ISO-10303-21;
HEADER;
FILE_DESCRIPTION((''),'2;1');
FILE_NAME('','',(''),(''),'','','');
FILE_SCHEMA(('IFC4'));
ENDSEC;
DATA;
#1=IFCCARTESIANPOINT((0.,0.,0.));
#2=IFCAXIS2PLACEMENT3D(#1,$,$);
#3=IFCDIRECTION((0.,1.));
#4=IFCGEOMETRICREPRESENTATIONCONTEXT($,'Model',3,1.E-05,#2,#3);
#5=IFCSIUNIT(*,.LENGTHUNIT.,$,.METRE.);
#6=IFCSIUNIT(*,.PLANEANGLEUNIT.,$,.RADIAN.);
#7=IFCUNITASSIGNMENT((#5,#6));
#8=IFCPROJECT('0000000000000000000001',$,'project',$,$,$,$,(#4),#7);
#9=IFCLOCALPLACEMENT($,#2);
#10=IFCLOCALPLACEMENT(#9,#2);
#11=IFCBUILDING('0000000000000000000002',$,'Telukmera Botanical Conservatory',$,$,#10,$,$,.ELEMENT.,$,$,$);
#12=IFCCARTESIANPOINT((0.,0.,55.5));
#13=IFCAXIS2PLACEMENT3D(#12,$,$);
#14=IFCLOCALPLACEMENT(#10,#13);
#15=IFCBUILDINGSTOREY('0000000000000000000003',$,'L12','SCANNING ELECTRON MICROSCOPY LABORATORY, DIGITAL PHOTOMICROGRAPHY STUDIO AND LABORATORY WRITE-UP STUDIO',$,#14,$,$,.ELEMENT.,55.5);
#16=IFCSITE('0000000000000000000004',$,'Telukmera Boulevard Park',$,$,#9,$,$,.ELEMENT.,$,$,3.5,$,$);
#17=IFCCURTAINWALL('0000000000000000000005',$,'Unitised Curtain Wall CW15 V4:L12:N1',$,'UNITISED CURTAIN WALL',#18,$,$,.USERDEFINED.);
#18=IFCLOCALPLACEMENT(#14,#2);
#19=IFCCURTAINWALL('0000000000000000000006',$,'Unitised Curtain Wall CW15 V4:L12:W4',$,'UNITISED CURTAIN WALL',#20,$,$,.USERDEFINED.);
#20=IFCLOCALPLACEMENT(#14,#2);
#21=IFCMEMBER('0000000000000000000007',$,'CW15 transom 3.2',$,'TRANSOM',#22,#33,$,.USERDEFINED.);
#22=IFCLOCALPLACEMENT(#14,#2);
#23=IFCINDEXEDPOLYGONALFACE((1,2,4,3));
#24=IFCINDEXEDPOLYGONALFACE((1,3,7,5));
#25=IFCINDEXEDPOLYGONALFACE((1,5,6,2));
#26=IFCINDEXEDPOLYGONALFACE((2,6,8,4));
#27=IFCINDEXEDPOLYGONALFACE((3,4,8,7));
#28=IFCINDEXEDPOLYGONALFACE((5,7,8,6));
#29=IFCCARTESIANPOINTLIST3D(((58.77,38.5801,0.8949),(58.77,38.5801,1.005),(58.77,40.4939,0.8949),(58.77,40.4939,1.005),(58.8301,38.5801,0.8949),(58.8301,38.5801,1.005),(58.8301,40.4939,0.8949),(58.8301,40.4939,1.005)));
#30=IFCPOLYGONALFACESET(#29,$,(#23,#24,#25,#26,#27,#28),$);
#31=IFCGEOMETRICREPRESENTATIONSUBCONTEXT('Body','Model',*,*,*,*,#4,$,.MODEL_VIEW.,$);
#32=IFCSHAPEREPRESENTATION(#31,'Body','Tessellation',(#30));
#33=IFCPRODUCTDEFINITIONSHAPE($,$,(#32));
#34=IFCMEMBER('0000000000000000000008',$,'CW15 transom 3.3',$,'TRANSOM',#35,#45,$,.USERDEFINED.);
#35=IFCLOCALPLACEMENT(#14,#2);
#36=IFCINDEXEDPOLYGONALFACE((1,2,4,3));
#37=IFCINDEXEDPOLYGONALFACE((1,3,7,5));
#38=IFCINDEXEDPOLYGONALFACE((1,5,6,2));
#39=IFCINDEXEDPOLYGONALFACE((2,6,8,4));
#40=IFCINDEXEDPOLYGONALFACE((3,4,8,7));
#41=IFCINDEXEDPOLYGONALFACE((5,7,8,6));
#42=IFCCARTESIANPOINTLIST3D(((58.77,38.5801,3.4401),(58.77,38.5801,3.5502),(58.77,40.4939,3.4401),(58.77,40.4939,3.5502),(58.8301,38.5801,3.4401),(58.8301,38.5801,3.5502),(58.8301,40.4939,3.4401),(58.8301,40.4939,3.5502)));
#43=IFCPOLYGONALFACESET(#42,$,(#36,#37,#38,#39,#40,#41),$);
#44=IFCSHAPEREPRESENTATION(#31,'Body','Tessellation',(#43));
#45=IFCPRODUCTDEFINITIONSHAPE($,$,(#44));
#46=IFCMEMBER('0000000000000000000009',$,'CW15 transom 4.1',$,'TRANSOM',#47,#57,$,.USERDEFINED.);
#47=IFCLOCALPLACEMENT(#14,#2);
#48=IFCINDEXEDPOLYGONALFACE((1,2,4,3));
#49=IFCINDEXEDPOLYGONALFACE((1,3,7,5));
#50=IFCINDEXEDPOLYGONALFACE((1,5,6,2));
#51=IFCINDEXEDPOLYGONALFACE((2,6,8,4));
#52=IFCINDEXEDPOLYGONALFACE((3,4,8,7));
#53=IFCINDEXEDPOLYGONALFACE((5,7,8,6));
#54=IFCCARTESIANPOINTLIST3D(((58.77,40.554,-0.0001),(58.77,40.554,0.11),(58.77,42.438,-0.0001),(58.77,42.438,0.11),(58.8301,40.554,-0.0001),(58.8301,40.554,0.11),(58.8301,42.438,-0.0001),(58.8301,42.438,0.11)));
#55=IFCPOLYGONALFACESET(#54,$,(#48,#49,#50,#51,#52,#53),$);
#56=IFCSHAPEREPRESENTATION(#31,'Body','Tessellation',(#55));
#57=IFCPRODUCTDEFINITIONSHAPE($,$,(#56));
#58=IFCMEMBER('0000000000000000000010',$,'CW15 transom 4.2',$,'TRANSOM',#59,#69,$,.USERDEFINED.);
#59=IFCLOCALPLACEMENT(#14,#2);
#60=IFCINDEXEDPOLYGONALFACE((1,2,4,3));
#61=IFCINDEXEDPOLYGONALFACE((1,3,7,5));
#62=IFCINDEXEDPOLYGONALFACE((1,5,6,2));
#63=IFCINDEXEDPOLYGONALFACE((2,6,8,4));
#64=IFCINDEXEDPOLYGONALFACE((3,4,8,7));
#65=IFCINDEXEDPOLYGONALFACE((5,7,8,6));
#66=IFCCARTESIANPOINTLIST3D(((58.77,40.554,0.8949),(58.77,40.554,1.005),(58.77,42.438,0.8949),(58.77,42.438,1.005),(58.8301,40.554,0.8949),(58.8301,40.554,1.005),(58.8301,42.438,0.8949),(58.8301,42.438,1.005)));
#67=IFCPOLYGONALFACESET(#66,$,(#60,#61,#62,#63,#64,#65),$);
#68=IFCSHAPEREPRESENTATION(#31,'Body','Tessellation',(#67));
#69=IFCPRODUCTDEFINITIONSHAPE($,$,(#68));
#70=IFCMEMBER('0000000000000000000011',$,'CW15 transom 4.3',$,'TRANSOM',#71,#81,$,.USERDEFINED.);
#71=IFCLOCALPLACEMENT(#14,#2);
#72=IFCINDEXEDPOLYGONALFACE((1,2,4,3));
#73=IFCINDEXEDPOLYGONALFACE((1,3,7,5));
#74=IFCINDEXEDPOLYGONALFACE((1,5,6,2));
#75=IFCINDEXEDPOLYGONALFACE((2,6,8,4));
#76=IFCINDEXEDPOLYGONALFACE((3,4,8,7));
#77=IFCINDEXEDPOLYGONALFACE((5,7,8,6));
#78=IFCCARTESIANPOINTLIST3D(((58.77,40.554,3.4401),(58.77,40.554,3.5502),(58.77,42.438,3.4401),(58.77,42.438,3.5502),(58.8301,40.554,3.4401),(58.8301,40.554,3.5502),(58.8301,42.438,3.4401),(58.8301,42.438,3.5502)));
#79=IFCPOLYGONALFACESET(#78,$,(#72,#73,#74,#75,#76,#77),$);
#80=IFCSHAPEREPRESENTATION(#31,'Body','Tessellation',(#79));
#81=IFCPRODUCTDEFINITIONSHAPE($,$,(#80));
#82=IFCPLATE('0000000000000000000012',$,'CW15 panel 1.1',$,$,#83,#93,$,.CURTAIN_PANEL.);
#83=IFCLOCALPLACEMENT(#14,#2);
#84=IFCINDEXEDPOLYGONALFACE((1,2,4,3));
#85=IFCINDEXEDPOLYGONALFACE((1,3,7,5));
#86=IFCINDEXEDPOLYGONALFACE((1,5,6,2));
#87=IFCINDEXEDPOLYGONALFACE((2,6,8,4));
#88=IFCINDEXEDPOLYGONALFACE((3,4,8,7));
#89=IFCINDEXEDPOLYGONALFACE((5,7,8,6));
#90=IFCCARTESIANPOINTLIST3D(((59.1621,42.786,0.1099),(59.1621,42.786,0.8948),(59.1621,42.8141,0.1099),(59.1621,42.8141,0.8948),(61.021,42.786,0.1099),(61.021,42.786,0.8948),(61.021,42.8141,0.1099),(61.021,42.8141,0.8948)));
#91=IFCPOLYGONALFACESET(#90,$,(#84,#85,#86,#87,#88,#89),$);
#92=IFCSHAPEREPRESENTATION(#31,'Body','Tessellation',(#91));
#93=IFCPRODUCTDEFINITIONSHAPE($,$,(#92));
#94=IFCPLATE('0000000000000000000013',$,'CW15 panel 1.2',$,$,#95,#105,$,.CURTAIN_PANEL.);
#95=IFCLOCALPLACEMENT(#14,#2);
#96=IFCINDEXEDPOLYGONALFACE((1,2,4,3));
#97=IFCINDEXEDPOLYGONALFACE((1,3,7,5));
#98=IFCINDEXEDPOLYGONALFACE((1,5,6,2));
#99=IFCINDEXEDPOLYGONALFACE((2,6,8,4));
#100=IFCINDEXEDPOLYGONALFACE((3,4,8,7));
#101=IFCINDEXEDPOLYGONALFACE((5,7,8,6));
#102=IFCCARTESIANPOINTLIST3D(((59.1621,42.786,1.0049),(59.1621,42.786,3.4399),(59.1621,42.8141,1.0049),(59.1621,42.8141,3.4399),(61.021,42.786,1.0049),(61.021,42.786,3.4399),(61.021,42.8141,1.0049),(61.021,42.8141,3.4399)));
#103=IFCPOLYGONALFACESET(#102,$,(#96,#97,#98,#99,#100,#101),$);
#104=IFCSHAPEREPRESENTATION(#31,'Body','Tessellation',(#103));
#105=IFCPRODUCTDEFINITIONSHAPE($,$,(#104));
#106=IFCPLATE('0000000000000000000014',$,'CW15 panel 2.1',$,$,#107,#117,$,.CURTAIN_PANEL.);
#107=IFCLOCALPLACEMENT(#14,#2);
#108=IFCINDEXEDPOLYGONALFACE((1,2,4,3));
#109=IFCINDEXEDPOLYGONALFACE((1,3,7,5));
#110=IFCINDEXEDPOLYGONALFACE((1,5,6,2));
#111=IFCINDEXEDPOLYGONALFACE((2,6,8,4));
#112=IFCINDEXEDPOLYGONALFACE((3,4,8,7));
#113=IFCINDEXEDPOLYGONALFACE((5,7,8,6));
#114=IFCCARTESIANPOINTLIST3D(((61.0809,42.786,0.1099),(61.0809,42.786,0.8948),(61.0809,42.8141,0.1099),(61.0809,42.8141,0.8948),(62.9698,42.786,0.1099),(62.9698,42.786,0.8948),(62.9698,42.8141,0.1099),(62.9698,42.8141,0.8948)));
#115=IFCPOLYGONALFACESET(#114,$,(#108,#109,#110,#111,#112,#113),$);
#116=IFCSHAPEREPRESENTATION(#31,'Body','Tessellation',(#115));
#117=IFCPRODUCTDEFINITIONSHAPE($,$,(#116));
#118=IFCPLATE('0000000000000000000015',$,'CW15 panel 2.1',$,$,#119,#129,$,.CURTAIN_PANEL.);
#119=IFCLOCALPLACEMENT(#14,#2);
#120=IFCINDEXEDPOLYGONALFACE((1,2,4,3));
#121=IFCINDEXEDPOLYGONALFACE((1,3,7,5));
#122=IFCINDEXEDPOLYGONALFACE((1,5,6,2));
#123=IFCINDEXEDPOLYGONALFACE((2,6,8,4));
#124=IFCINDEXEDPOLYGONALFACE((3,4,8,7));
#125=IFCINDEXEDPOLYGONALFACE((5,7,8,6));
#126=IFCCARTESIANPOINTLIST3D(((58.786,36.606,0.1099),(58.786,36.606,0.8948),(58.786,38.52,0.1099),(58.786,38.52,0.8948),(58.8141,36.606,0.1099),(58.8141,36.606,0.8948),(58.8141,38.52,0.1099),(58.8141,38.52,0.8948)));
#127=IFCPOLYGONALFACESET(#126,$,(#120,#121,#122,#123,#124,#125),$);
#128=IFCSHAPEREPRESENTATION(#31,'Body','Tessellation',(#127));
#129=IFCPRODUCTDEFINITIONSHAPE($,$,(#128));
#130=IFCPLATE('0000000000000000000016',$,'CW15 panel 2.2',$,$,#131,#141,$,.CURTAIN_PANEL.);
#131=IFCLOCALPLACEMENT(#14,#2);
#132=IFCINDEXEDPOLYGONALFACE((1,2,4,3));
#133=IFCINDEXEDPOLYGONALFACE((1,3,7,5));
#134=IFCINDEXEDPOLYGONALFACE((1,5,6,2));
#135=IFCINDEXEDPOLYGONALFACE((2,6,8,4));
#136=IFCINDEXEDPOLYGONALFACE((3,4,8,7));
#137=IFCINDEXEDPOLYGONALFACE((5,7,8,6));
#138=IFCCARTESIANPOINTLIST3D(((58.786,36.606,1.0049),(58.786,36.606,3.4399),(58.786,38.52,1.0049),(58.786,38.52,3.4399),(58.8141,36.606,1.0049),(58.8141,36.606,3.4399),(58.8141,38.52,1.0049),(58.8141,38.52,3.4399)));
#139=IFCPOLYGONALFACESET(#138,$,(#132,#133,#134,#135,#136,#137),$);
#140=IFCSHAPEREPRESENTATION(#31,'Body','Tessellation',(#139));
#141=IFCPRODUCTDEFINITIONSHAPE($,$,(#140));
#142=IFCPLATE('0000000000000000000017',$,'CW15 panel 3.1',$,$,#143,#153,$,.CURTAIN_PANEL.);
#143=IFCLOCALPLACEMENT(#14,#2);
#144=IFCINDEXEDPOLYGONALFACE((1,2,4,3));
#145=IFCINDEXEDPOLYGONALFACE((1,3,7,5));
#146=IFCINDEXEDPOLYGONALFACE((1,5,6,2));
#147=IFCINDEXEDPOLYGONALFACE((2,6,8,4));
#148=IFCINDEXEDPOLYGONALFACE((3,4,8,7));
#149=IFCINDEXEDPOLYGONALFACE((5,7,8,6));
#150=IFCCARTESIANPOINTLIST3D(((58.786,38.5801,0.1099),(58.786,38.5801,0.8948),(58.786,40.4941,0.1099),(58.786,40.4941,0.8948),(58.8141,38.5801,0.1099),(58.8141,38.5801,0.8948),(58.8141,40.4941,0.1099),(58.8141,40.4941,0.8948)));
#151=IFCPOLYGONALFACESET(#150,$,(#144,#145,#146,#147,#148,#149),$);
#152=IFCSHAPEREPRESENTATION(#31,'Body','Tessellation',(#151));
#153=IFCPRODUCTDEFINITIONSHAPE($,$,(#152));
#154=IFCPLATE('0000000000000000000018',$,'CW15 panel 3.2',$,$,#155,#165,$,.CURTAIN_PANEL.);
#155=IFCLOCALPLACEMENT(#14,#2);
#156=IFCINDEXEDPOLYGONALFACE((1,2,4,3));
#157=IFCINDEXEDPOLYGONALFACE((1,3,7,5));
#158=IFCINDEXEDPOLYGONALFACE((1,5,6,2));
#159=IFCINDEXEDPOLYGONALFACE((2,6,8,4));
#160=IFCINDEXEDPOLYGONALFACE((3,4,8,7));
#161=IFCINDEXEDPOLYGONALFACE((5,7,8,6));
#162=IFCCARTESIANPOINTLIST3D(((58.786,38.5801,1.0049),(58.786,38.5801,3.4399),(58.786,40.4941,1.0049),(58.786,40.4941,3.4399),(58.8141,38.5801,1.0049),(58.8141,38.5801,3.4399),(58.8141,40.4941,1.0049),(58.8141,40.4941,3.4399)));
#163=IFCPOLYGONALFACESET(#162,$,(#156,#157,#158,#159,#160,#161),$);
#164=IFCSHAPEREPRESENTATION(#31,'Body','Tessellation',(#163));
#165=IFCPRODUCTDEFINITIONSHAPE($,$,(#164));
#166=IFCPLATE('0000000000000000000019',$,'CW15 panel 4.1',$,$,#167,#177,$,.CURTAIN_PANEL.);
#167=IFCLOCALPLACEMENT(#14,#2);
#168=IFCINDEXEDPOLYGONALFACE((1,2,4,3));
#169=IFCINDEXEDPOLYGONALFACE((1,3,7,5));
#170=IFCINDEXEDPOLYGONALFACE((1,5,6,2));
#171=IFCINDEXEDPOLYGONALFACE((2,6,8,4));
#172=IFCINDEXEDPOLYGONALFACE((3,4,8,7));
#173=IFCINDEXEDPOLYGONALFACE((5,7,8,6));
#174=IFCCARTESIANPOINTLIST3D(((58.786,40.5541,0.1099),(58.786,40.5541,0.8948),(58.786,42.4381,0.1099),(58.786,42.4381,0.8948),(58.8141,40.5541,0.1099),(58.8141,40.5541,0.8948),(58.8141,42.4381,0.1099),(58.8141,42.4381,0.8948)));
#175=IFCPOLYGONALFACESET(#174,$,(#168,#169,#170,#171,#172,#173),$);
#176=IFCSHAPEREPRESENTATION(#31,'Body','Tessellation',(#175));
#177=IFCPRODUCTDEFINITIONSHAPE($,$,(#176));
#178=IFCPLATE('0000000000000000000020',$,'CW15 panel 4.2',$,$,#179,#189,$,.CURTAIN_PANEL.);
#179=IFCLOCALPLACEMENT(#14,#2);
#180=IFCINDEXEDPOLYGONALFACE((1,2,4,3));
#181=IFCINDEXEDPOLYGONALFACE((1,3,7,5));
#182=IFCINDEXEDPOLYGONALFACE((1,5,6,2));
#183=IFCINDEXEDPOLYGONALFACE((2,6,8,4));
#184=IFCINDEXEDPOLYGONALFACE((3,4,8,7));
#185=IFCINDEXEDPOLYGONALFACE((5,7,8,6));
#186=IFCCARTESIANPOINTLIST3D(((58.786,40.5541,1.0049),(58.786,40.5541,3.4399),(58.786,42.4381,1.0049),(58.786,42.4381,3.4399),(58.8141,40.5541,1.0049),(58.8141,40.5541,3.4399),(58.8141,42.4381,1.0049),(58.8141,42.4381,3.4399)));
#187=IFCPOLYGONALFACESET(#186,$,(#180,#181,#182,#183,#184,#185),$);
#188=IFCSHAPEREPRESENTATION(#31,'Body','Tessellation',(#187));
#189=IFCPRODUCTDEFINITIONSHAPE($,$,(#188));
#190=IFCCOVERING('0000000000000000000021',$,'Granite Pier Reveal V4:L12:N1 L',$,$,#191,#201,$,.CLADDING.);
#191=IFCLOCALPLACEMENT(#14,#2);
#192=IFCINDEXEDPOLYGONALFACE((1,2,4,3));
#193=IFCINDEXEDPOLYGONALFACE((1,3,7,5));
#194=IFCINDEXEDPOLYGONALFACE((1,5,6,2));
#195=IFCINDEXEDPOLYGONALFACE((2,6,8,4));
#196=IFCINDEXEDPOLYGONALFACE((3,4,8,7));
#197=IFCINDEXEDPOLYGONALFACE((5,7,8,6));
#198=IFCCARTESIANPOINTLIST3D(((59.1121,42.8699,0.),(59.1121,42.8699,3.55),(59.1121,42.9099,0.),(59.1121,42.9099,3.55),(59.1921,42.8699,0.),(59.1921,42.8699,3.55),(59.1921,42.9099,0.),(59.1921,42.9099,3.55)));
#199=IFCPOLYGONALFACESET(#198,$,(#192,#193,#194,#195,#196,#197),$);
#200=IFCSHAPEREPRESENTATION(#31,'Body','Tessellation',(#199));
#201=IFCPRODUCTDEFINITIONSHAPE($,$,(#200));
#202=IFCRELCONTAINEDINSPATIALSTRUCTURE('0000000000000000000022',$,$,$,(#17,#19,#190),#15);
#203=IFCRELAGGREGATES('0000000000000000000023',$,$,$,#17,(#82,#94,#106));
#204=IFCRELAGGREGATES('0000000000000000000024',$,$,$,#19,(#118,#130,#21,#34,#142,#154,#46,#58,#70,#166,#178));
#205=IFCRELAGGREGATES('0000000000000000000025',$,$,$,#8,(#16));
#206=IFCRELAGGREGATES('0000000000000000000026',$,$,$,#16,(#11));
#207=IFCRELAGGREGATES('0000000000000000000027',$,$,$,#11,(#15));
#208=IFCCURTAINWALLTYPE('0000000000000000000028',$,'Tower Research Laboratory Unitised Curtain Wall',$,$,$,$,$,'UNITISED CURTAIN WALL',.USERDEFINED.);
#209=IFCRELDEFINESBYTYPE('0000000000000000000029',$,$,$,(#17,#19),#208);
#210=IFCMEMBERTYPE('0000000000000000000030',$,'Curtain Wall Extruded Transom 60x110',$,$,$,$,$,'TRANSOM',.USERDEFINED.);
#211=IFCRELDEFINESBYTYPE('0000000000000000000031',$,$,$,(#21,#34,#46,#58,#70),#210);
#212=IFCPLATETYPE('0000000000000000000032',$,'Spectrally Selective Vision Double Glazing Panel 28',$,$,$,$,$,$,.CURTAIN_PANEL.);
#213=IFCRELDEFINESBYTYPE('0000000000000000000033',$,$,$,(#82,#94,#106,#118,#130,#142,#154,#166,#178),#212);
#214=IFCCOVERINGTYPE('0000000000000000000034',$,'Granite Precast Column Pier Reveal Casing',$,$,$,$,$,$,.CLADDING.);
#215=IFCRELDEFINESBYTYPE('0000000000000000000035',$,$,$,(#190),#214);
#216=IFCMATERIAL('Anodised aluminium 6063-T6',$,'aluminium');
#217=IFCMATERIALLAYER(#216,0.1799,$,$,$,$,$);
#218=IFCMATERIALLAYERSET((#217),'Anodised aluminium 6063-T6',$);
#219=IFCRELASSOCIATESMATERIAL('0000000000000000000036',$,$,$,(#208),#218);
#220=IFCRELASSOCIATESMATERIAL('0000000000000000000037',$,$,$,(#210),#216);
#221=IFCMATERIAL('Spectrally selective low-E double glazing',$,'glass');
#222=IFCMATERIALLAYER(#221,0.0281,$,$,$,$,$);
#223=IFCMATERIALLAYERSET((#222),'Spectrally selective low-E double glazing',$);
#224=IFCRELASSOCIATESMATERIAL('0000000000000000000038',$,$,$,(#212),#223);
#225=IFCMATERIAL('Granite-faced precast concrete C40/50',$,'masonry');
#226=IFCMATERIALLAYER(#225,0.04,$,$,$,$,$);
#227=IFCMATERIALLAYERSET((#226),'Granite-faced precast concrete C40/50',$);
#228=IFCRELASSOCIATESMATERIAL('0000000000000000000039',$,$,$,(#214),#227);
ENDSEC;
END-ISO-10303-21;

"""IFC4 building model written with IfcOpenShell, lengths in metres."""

from ifc_helpers import new_model, si_unit, direction, frame, origin, origin_2d, place, context, subcontext, project, spatial, rectangle, extrude, material, layer, layer_set, material_profile, profile_set, type_object, element, aggregate, save


model = new_model("IFC4")

# Units and contexts
model_context = context("Model", 3, precision=1e-05, world=origin(), true_north=direction((0.0, 1.0)))
body_context = subcontext(model_context, "Body", "Model", "MODEL_VIEW")
ifc_project = project(units=[si_unit("LENGTHUNIT", "METRE"), si_unit("PLANEANGLEUNIT", "RADIAN")], contexts=[model_context])

# Site, building, storey
site_placement = place(None, origin())
site = spatial("IfcSite", under=ifc_project, at=site_placement, Name="Telukmera Boulevard Park", CompositionType="ELEMENT", RefElevation=3.5)
building_placement = place(site_placement, origin())
building = spatial("IfcBuilding", under=site, at=building_placement, Name="Telukmera Botanical Conservatory", CompositionType="ELEMENT")
storey_placement = place(building_placement, frame((0.0, 0.0, 55.5)))
storey = spatial("IfcBuildingStorey", under=building, at=storey_placement, Name="L12", Description="SCANNING ELECTRON MICROSCOPY LABORATORY, DIGITAL PHOTOMICROGRAPHY STUDIO AND LABORATORY WRITE-UP STUDIO", CompositionType="ELEMENT", Elevation=55.5)

# Curtain walls
ifc_material_1 = material(Name="Anodised aluminium 6063-T6", Category="aluminium")
ifc_layer_1 = layer(ifc_material_1, 0.1799)
ifc_layer_set_1 = layer_set([ifc_layer_1], Name="Anodised aluminium 6063-T6")
curtain_wall_type = type_object("IfcCurtainWallType", Name="Tower Research Laboratory Unitised Curtain Wall", ElementType="UNITISED CURTAIN WALL", PredefinedType="USERDEFINED", material=ifc_layer_set_1)
curtain_wall_1_placement = place(storey_placement, origin())
curtain_wall_1 = element("IfcCurtainWall", 1, at=curtain_wall_1_placement, inside=storey, type_object=curtain_wall_type, Name="Unitised Curtain Wall CW15 V4:L12:N1", ObjectType="UNITISED CURTAIN WALL", PredefinedType="USERDEFINED")
curtain_wall_2_placement = place(storey_placement, origin())
curtain_wall_2 = element("IfcCurtainWall", 2, at=curtain_wall_2_placement, inside=storey, type_object=curtain_wall_type, Name="Unitised Curtain Wall CW15 V4:L12:W4", ObjectType="UNITISED CURTAIN WALL", PredefinedType="USERDEFINED")

# Members
ifc_material_profile_1 = material_profile(ifc_material_1, rectangle(XDim=0.0601, YDim=0.1101, at=origin_2d()), Name="ALU TRAN 60x110")
ifc_profile_set_1 = profile_set([ifc_material_profile_1], Name="Anodised aluminium 6063-T6")
member_type_1 = type_object("IfcMemberType", Name="Curtain Wall Extruded Transom 60x110", ElementType="TRANSOM", PredefinedType="USERDEFINED", material=ifc_profile_set_1)
member_1_placement = place(storey_placement, frame((58.8, 38.5801, 0.95), z_axis=(0.0, 1.0, 0.0), x_axis=(-1.0, 0.0, 0.0)))
member_1 = element("IfcMember", 3, at=member_1_placement, type_object=member_type_1, Name="CW15 transom 3.2", ObjectType="TRANSOM", PredefinedType="USERDEFINED", context=body_context, shape_type="SweptSolid", body=[
    extrude(rectangle(XDim=0.0601, YDim=0.1101, at=origin_2d()), origin(), (0.0, 0.0, 1.0), 1.9138),
])
member_2_placement = place(storey_placement, frame((58.8, 38.5801, 3.4951), z_axis=(0.0, 1.0, 0.0), x_axis=(-1.0, 0.0, 0.0)))
member_2 = element("IfcMember", 4, at=member_2_placement, type_object=member_type_1, Name="CW15 transom 3.3", ObjectType="TRANSOM", PredefinedType="USERDEFINED", context=body_context, shape_type="SweptSolid", body=[
    extrude(rectangle(XDim=0.0601, YDim=0.1101, at=origin_2d()), origin(), (0.0, 0.0, 1.0), 1.9138),
])
member_3_placement = place(storey_placement, frame((58.8, 40.554, 0.0549), z_axis=(0.0, 1.0, 0.0), x_axis=(-1.0, 0.0, 0.0)))
member_3 = element("IfcMember", 5, at=member_3_placement, type_object=member_type_1, Name="CW15 transom 4.1", ObjectType="TRANSOM", PredefinedType="USERDEFINED", context=body_context, shape_type="SweptSolid", body=[
    extrude(rectangle(XDim=0.0601, YDim=0.1101, at=origin_2d()), origin(), (0.0, 0.0, 1.0), 1.884),
])
member_4_placement = place(storey_placement, frame((58.8, 40.554, 0.95), z_axis=(0.0, 1.0, 0.0), x_axis=(-1.0, 0.0, 0.0)))
member_4 = element("IfcMember", 6, at=member_4_placement, type_object=member_type_1, Name="CW15 transom 4.2", ObjectType="TRANSOM", PredefinedType="USERDEFINED", context=body_context, shape_type="SweptSolid", body=[
    extrude(rectangle(XDim=0.0601, YDim=0.1101, at=origin_2d()), origin(), (0.0, 0.0, 1.0), 1.884),
])
member_5_placement = place(storey_placement, frame((58.8, 40.554, 3.4951), z_axis=(0.0, 1.0, 0.0), x_axis=(-1.0, 0.0, 0.0)))
member_5 = element("IfcMember", 7, at=member_5_placement, type_object=member_type_1, Name="CW15 transom 4.3", ObjectType="TRANSOM", PredefinedType="USERDEFINED", context=body_context, shape_type="SweptSolid", body=[
    extrude(rectangle(XDim=0.0601, YDim=0.1101, at=origin_2d()), origin(), (0.0, 0.0, 1.0), 1.884),
])

# Plates
ifc_material_2 = material(Name="Spectrally selective low-E double glazing", Category="glass")
ifc_layer_2 = layer(ifc_material_2, 0.0281)
ifc_layer_set_2 = layer_set([ifc_layer_2], Name="Spectrally selective low-E double glazing")
plate_type = type_object("IfcPlateType", Name="Spectrally Selective Vision Double Glazing Panel 28", PredefinedType="CURTAIN_PANEL", material=ifc_layer_set_2)
plate_1_placement = place(storey_placement, frame((60.0916, 42.8, 0.1099), z_axis=(0.0, 0.0, 1.0), x_axis=(1.0, 0.0, 0.0)))
plate_1 = element("IfcPlate", 8, at=plate_1_placement, type_object=plate_type, Name="CW15 panel 1.1", PredefinedType="CURTAIN_PANEL", context=body_context, shape_type="SweptSolid", body=[
    extrude(rectangle(XDim=1.8589, YDim=0.0281, at=origin_2d()), origin(), (0.0, 0.0, 1.0), 0.7849),
])
plate_2_placement = place(storey_placement, frame((60.0916, 42.8, 1.0049), z_axis=(0.0, 0.0, 1.0), x_axis=(1.0, 0.0, 0.0)))
plate_2 = element("IfcPlate", 9, at=plate_2_placement, type_object=plate_type, Name="CW15 panel 1.2", PredefinedType="CURTAIN_PANEL", context=body_context, shape_type="SweptSolid", body=[
    extrude(rectangle(XDim=1.8589, YDim=0.0281, at=origin_2d()), origin(), (0.0, 0.0, 1.0), 2.4351),
])
plate_3_placement = place(storey_placement, frame((62.0254, 42.8, 0.1099), z_axis=(0.0, 0.0, 1.0), x_axis=(1.0, 0.0, 0.0)))
plate_3 = element("IfcPlate", 10, at=plate_3_placement, type_object=plate_type, Name="CW15 panel 2.1", PredefinedType="CURTAIN_PANEL", context=body_context, shape_type="SweptSolid", body=[
    extrude(rectangle(XDim=1.8889, YDim=0.0281, at=origin_2d()), origin(), (0.0, 0.0, 1.0), 0.7849),
])
aggregate(curtain_wall_1, [plate_1, plate_2, plate_3])
plate_4_placement = place(storey_placement, frame((58.8, 37.563, 0.1099), z_axis=(0.0, 0.0, 1.0), x_axis=(0.0, 1.0, 0.0)))
plate_4 = element("IfcPlate", 11, at=plate_4_placement, type_object=plate_type, Name="CW15 panel 2.1", PredefinedType="CURTAIN_PANEL", context=body_context, shape_type="SweptSolid", body=[
    extrude(rectangle(XDim=1.9141, YDim=0.0281, at=origin_2d()), origin(), (0.0, 0.0, 1.0), 0.7849),
])
plate_5_placement = place(storey_placement, frame((58.8, 37.563, 1.0049), z_axis=(0.0, 0.0, 1.0), x_axis=(0.0, 1.0, 0.0)))
plate_5 = element("IfcPlate", 12, at=plate_5_placement, type_object=plate_type, Name="CW15 panel 2.2", PredefinedType="CURTAIN_PANEL", context=body_context, shape_type="SweptSolid", body=[
    extrude(rectangle(XDim=1.9141, YDim=0.0281, at=origin_2d()), origin(), (0.0, 0.0, 1.0), 2.4351),
])
plate_6_placement = place(storey_placement, frame((58.8, 39.5371, 0.1099), z_axis=(0.0, 0.0, 1.0), x_axis=(0.0, 1.0, 0.0)))
plate_6 = element("IfcPlate", 13, at=plate_6_placement, type_object=plate_type, Name="CW15 panel 3.1", PredefinedType="CURTAIN_PANEL", context=body_context, shape_type="SweptSolid", body=[
    extrude(rectangle(XDim=1.9141, YDim=0.0281, at=origin_2d()), origin(), (0.0, 0.0, 1.0), 0.7849),
])
plate_7_placement = place(storey_placement, frame((58.8, 39.5371, 1.0049), z_axis=(0.0, 0.0, 1.0), x_axis=(0.0, 1.0, 0.0)))
plate_7 = element("IfcPlate", 14, at=plate_7_placement, type_object=plate_type, Name="CW15 panel 3.2", PredefinedType="CURTAIN_PANEL", context=body_context, shape_type="SweptSolid", body=[
    extrude(rectangle(XDim=1.9141, YDim=0.0281, at=origin_2d()), origin(), (0.0, 0.0, 1.0), 2.4351),
])
plate_8_placement = place(storey_placement, frame((58.8, 41.4961, 0.1099), z_axis=(0.0, 0.0, 1.0), x_axis=(0.0, 1.0, 0.0)))
plate_8 = element("IfcPlate", 15, at=plate_8_placement, type_object=plate_type, Name="CW15 panel 4.1", PredefinedType="CURTAIN_PANEL", context=body_context, shape_type="SweptSolid", body=[
    extrude(rectangle(XDim=1.884, YDim=0.0281, at=origin_2d()), origin(), (0.0, 0.0, 1.0), 0.7849),
])
plate_9_placement = place(storey_placement, frame((58.8, 41.4961, 1.0049), z_axis=(0.0, 0.0, 1.0), x_axis=(0.0, 1.0, 0.0)))
plate_9 = element("IfcPlate", 16, at=plate_9_placement, type_object=plate_type, Name="CW15 panel 4.2", PredefinedType="CURTAIN_PANEL", context=body_context, shape_type="SweptSolid", body=[
    extrude(rectangle(XDim=1.884, YDim=0.0281, at=origin_2d()), origin(), (0.0, 0.0, 1.0), 2.4351),
])
aggregate(curtain_wall_2, [plate_4, plate_5, member_1, member_2, plate_6, plate_7, member_3, member_4, member_5, plate_8, plate_9])

# Covering
ifc_material_3 = material(Name="Granite-faced precast concrete C40/50", Category="masonry")
ifc_layer_3 = layer(ifc_material_3, 0.04)
ifc_layer_set_3 = layer_set([ifc_layer_3], Name="Granite-faced precast concrete C40/50")
covering_type = type_object("IfcCoveringType", Name="Granite Precast Column Pier Reveal Casing", PredefinedType="CLADDING", material=ifc_layer_set_3)
covering_placement = place(storey_placement, frame((59.1521, 42.8899, 0.0), z_axis=(0.0, 0.0, 1.0), x_axis=(1.0, 0.0, 0.0)))
element("IfcCovering", 17, at=covering_placement, inside=storey, type_object=covering_type, Name="Granite Pier Reveal V4:L12:N1 L", PredefinedType="CLADDING", context=body_context, shape_type="SweptSolid", body=[
    extrude(rectangle(XDim=0.0801, YDim=0.04, at=origin_2d()), origin(), (0.0, 0.0, 1.0), 3.55),
])

save(model, "model.ifc")
